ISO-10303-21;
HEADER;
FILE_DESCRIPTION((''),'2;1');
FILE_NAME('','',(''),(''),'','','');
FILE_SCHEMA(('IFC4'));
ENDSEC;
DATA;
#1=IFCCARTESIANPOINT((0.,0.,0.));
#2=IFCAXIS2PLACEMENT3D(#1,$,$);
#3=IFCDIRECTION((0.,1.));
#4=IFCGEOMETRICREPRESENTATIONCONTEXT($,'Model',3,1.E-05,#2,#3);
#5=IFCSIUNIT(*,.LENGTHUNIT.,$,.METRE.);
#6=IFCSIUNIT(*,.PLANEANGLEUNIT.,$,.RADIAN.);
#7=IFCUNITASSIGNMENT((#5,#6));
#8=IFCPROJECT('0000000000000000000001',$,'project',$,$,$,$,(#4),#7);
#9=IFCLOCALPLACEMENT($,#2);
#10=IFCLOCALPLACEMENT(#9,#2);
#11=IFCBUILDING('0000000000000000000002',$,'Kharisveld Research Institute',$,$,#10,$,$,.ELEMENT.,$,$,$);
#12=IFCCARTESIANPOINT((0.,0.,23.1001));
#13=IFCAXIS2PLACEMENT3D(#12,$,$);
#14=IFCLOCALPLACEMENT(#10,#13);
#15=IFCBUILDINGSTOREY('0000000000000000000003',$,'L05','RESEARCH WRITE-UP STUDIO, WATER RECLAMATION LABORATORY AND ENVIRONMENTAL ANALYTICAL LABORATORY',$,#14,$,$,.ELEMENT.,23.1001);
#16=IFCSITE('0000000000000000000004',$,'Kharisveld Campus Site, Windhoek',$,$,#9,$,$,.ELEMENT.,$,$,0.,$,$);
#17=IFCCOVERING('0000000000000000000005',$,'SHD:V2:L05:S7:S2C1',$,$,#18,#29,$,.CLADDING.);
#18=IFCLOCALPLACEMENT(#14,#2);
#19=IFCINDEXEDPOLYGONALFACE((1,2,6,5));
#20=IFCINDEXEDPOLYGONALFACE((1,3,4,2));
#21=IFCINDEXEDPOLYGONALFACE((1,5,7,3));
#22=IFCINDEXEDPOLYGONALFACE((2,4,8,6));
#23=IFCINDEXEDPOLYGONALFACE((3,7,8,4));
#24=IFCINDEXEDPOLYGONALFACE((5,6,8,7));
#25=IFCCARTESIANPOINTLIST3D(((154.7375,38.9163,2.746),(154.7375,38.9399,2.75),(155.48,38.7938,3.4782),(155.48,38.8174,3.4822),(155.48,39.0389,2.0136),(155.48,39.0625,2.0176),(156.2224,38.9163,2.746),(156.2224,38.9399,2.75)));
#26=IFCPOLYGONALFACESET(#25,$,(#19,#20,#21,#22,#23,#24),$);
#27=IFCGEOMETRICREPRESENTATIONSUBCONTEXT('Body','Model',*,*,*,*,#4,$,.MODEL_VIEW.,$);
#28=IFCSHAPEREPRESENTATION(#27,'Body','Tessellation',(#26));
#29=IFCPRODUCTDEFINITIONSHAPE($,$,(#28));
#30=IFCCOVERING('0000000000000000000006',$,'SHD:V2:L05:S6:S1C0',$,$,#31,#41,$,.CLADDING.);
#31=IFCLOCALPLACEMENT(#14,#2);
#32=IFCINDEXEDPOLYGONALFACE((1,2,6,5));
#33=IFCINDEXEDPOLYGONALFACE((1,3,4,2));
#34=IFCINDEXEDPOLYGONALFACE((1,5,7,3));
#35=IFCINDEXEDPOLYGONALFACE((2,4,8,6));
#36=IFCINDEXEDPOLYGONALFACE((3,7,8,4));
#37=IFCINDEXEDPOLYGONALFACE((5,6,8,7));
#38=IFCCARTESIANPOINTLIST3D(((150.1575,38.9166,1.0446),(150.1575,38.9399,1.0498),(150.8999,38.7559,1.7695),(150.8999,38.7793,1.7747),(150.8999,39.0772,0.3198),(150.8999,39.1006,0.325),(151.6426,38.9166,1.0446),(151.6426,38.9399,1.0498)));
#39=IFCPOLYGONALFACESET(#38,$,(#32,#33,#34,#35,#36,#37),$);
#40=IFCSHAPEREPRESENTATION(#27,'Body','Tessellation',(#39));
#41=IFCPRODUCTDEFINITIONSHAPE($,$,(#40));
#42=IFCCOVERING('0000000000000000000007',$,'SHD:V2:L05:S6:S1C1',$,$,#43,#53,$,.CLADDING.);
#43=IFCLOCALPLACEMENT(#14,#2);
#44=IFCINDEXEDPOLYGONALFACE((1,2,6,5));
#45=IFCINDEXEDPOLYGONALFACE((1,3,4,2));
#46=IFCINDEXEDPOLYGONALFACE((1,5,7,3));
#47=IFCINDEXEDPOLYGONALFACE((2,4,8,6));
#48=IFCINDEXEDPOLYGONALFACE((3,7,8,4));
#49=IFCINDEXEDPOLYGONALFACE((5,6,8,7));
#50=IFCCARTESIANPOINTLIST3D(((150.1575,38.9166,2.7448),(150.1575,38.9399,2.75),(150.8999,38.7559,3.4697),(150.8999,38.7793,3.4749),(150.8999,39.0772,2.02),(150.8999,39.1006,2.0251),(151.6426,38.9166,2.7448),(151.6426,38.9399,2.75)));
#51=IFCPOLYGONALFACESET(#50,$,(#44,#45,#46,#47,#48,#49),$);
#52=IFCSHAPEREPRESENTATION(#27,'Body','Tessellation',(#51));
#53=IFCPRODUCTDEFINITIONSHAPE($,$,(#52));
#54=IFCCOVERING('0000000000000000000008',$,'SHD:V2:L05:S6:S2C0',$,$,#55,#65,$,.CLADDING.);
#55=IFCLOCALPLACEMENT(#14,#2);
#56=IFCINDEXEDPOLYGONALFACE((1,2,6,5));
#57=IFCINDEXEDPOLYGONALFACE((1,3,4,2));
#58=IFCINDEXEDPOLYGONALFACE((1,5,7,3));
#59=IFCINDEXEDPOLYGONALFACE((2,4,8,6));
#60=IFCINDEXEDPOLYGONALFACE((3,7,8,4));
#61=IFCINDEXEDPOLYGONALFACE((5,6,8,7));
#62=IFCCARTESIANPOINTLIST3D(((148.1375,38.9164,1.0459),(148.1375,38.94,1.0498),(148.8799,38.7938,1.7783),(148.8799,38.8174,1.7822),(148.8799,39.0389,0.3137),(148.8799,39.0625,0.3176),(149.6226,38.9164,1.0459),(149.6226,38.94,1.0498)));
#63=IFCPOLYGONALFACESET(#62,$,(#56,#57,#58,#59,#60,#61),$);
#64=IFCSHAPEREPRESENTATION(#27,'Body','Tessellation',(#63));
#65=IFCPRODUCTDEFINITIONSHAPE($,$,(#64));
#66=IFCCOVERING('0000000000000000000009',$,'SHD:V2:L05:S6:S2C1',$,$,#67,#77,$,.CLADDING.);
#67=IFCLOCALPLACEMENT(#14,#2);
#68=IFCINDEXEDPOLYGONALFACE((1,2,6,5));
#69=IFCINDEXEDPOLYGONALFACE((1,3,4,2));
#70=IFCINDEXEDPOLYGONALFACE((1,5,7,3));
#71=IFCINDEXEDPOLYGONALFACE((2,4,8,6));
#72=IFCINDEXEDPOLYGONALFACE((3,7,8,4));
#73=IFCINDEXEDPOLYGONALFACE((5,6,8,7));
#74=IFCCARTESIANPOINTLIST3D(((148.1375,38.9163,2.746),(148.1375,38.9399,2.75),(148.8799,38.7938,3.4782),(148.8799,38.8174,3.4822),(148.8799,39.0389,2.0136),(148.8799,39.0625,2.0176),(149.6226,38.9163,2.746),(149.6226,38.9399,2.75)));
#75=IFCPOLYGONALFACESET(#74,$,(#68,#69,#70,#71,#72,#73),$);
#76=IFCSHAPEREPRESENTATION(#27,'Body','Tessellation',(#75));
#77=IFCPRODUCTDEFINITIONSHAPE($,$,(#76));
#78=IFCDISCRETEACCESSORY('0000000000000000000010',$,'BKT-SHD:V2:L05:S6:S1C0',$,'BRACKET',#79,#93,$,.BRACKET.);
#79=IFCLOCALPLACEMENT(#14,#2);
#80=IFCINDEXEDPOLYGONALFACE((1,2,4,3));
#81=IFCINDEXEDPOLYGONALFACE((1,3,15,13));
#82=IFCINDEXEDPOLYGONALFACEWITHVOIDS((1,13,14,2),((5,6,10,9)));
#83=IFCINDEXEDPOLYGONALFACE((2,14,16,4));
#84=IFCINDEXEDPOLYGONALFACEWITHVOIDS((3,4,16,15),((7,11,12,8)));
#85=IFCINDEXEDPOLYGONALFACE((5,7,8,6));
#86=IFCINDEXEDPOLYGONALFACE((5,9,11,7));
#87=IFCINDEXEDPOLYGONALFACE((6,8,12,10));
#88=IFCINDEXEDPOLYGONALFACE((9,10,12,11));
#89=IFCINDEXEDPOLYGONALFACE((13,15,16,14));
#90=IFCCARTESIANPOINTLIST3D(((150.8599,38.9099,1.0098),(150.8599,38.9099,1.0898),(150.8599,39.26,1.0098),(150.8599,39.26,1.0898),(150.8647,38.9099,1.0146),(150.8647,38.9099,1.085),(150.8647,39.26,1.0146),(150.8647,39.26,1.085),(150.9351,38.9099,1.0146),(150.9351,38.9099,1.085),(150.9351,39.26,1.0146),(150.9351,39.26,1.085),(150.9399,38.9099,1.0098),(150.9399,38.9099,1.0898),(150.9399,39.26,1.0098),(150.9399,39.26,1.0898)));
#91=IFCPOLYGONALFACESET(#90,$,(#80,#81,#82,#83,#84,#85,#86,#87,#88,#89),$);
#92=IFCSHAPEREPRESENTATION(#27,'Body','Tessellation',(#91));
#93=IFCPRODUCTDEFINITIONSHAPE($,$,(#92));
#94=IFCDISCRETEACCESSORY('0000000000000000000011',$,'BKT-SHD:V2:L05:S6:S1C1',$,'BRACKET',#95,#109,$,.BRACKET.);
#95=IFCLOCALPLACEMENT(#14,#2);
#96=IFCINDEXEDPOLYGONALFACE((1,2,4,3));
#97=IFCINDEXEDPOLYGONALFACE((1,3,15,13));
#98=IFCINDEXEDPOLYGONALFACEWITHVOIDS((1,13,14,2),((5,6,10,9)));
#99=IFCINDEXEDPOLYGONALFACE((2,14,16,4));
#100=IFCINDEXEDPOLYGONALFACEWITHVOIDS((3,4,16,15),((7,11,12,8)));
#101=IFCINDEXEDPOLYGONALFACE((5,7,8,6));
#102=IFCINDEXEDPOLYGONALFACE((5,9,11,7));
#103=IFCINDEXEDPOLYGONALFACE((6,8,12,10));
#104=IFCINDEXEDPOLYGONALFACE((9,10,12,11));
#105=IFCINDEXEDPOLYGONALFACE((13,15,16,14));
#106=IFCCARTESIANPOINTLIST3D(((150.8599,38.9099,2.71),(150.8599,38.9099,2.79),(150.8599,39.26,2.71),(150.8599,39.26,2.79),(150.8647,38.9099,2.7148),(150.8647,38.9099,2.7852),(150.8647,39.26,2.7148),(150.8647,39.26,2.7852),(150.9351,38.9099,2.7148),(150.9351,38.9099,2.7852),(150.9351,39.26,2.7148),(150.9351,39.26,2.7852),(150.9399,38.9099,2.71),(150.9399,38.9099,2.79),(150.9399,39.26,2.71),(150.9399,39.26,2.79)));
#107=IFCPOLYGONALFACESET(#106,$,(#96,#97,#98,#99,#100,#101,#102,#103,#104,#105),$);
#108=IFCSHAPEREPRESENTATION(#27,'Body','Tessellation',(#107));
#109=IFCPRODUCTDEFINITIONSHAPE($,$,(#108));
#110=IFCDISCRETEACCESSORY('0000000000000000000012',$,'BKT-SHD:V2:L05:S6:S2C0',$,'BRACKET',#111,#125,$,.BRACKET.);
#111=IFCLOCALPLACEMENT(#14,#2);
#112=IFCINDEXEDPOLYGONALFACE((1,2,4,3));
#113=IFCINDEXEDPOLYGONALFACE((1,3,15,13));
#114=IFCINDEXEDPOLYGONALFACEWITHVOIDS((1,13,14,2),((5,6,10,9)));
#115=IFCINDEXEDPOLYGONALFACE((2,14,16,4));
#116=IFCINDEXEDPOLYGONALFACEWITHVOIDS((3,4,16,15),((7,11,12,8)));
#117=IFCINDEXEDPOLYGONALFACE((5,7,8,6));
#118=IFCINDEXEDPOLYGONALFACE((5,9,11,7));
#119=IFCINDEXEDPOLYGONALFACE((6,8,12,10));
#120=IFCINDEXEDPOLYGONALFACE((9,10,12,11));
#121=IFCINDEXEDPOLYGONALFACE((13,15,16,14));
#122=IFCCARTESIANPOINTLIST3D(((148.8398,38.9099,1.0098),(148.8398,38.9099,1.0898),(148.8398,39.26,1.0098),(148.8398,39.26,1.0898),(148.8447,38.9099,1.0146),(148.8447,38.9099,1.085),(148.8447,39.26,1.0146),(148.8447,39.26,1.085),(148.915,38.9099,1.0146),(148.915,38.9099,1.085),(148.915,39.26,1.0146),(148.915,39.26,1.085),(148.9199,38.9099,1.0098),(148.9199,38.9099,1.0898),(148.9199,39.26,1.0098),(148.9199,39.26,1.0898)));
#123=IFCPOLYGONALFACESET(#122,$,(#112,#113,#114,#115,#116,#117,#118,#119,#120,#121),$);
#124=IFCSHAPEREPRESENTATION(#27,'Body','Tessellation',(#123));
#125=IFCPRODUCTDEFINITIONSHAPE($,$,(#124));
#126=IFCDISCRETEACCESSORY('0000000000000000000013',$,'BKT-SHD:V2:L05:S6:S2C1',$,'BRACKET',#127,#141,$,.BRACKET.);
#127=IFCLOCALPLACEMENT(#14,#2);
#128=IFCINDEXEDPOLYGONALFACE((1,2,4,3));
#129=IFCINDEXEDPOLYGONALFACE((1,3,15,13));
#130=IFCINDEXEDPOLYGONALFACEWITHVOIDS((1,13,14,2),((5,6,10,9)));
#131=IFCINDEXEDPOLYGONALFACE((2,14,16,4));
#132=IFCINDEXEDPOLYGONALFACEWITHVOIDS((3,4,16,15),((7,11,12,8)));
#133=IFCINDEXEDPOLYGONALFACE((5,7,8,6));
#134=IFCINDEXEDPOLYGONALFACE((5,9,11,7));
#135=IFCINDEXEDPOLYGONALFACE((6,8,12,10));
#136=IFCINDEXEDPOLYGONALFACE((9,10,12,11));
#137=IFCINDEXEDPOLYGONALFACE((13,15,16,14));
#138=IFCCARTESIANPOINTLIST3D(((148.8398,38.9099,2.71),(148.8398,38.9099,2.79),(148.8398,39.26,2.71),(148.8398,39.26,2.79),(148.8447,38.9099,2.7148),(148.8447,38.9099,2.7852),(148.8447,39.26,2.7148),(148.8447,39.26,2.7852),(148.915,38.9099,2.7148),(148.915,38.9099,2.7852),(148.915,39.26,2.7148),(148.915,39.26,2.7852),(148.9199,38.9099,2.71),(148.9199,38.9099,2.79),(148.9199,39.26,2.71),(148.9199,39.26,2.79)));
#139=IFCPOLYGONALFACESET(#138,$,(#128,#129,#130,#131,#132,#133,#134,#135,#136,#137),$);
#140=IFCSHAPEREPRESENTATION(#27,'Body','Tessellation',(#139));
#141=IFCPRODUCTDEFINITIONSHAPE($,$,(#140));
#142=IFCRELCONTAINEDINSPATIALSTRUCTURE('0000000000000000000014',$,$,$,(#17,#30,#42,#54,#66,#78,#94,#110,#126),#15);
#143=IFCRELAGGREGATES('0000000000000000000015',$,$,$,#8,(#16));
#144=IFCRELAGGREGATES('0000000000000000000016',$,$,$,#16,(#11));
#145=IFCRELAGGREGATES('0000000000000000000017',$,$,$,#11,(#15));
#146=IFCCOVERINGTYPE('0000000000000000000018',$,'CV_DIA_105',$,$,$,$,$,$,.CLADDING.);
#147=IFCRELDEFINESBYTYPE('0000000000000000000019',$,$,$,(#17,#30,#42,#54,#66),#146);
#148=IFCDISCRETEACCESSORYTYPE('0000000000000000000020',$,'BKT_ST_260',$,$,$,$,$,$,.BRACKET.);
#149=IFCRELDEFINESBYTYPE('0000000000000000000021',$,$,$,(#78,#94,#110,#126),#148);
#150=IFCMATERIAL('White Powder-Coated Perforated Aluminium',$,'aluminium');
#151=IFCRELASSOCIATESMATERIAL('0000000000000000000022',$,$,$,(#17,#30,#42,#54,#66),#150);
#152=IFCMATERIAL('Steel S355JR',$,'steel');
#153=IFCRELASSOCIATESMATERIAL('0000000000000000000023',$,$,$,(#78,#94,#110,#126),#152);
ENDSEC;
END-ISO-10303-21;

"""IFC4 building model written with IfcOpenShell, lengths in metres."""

from ifc_helpers import new_model, si_unit, direction, frame, origin, origin_2d, place, context, subcontext, project, spatial, polyline, hollow_rectangle, outline, extrude, material, type_object, element, save


model = new_model("IFC4")

# Units and contexts
model_context = context("Model", 3, precision=1e-05, world=origin(), true_north=direction((0.0, 1.0)))
body_context = subcontext(model_context, "Body", "Model", "MODEL_VIEW")
ifc_project = project(units=[si_unit("LENGTHUNIT", "METRE"), si_unit("PLANEANGLEUNIT", "RADIAN")], contexts=[model_context])

# Site, building, storey
site_placement = place(None, origin())
site = spatial("IfcSite", under=ifc_project, at=site_placement, Name="Kharisveld Campus Site, Windhoek", CompositionType="ELEMENT", RefElevation=0.0)
building_placement = place(site_placement, origin())
building = spatial("IfcBuilding", under=site, at=building_placement, Name="Kharisveld Research Institute", CompositionType="ELEMENT")
storey_placement = place(building_placement, frame((0.0, 0.0, 23.1001)))
storey = spatial("IfcBuildingStorey", under=building, at=storey_placement, Name="L05", Description="RESEARCH WRITE-UP STUDIO, WATER RECLAMATION LABORATORY AND ENVIRONMENTAL ANALYTICAL LABORATORY", CompositionType="ELEMENT", Elevation=23.1001)

# Coverings
ifc_material_1 = material(Name="White Powder-Coated Perforated Aluminium", Category="aluminium")
covering_type = type_object("IfcCoveringType", Name="CV_DIA_105", PredefinedType="CLADDING")
covering_1_placement = place(storey_placement, frame((155.48, 39.0625, 2.0176), z_axis=(0.0, 0.986283, 0.165065), x_axis=(-0.707024, -0.116733, 0.697489)))
element("IfcCovering", 1, at=covering_1_placement, inside=storey, type_object=covering_type, material=ifc_material_1, Name="SHD:V2:L05:S7:S2C1", PredefinedType="CLADDING", context=body_context, shape_type="SweptSolid", body=[
    extrude(outline(polyline([(0.0, 0.0), (1.0501, 0.0), (1.0502, 1.0499), (0.0002, 1.0501), (0.0, 0.0)])), origin(), (0.0, 0.0, -1.0), 0.0239),
])
for number, where, z_axis, x_axis, name in (
    (2, (150.8999, 39.1006, 0.325), (0.0, 0.976311, 0.216373), (-0.707102, -0.153, 0.69036), "SHD:V2:L05:S6:S1C0"),
    (3, (150.8999, 39.1006, 2.0251), (0.0, 0.976311, 0.216373), (-0.707102, -0.153, 0.69036), "SHD:V2:L05:S6:S1C1"),
):
    element("IfcCovering", number, at=place(storey_placement, frame(where, z_axis=z_axis, x_axis=x_axis)), inside=storey, type_object=covering_type, material=ifc_material_1, Name=name, PredefinedType="CLADDING", context=body_context, shape_type="SweptSolid", body=[
        extrude(outline(polyline([(0.0, 0.0), (1.05, 0.0), (1.05, 1.05), (-0.0002, 1.0501), (0.0, 0.0)])), origin(), (0.0, 0.0, -1.0), 0.0239),
    ])
covering_2_placement = place(storey_placement, frame((148.8799, 39.0625, 0.3176), z_axis=(0.0, 0.986283, 0.165065), x_axis=(-0.707139, -0.116714, 0.697376)))
element("IfcCovering", 4, at=covering_2_placement, inside=storey, type_object=covering_type, material=ifc_material_1, Name="SHD:V2:L05:S6:S2C0", PredefinedType="CLADDING", context=body_context, shape_type="SweptSolid", body=[
    extrude(outline(polyline([(0.0, 0.0), (1.0499, 0.0), (1.05, 1.0501), (-0.0003, 1.0501), (0.0, 0.0)])), origin(), (0.0, 0.0, -1.0), 0.0239),
])
covering_3_placement = place(storey_placement, frame((148.8799, 39.0625, 2.0176), z_axis=(0.0, 0.986283, 0.165065), x_axis=(-0.707024, -0.116733, 0.697489)))
element("IfcCovering", 5, at=covering_3_placement, inside=storey, type_object=covering_type, material=ifc_material_1, Name="SHD:V2:L05:S6:S2C1", PredefinedType="CLADDING", context=body_context, shape_type="SweptSolid", body=[
    extrude(outline(polyline([(0.0, 0.0), (1.0501, 0.0), (1.0502, 1.0499), (0.0001, 1.0503), (0.0, 0.0)])), origin(), (0.0, 0.0, -1.0), 0.0239),
])

# Discrete accessories
ifc_material_2 = material(Name="Steel S355JR", Category="steel")
discrete_accessory_type = type_object("IfcDiscreteAccessoryType", Name="BKT_ST_260", PredefinedType="BRACKET")
for number, where, z_axis, x_axis, name in (
    (6, (150.8999, 39.26, 1.0498), (0.0, -1.0, 0.0), (1.0, 0.0, 0.0), "BKT-SHD:V2:L05:S6:S1C0"),
    (7, (150.8999, 39.26, 2.75), (0.0, -1.0, 0.0), (1.0, 0.0, 0.0), "BKT-SHD:V2:L05:S6:S1C1"),
    (8, (148.8799, 39.26, 1.0498), (0.0, -1.0, 0.0), (1.0, 0.0, 0.0), "BKT-SHD:V2:L05:S6:S2C0"),
    (9, (148.8799, 39.26, 2.75), (0.0, -1.0, 0.0), (1.0, 0.0, 0.0), "BKT-SHD:V2:L05:S6:S2C1"),
):
    element("IfcDiscreteAccessory", number, at=place(storey_placement, frame(where, z_axis=z_axis, x_axis=x_axis)), inside=storey, type_object=discrete_accessory_type, material=ifc_material_2, Name=name, ObjectType="BRACKET", PredefinedType="BRACKET", context=body_context, shape_type="SweptSolid", body=[
        extrude(hollow_rectangle(XDim=0.0801, YDim=0.0801, WallThickness=0.0049, at=origin_2d()), origin(), (0.0, 0.0, 1.0), 0.3501),
    ])

save(model, "model.ifc")
